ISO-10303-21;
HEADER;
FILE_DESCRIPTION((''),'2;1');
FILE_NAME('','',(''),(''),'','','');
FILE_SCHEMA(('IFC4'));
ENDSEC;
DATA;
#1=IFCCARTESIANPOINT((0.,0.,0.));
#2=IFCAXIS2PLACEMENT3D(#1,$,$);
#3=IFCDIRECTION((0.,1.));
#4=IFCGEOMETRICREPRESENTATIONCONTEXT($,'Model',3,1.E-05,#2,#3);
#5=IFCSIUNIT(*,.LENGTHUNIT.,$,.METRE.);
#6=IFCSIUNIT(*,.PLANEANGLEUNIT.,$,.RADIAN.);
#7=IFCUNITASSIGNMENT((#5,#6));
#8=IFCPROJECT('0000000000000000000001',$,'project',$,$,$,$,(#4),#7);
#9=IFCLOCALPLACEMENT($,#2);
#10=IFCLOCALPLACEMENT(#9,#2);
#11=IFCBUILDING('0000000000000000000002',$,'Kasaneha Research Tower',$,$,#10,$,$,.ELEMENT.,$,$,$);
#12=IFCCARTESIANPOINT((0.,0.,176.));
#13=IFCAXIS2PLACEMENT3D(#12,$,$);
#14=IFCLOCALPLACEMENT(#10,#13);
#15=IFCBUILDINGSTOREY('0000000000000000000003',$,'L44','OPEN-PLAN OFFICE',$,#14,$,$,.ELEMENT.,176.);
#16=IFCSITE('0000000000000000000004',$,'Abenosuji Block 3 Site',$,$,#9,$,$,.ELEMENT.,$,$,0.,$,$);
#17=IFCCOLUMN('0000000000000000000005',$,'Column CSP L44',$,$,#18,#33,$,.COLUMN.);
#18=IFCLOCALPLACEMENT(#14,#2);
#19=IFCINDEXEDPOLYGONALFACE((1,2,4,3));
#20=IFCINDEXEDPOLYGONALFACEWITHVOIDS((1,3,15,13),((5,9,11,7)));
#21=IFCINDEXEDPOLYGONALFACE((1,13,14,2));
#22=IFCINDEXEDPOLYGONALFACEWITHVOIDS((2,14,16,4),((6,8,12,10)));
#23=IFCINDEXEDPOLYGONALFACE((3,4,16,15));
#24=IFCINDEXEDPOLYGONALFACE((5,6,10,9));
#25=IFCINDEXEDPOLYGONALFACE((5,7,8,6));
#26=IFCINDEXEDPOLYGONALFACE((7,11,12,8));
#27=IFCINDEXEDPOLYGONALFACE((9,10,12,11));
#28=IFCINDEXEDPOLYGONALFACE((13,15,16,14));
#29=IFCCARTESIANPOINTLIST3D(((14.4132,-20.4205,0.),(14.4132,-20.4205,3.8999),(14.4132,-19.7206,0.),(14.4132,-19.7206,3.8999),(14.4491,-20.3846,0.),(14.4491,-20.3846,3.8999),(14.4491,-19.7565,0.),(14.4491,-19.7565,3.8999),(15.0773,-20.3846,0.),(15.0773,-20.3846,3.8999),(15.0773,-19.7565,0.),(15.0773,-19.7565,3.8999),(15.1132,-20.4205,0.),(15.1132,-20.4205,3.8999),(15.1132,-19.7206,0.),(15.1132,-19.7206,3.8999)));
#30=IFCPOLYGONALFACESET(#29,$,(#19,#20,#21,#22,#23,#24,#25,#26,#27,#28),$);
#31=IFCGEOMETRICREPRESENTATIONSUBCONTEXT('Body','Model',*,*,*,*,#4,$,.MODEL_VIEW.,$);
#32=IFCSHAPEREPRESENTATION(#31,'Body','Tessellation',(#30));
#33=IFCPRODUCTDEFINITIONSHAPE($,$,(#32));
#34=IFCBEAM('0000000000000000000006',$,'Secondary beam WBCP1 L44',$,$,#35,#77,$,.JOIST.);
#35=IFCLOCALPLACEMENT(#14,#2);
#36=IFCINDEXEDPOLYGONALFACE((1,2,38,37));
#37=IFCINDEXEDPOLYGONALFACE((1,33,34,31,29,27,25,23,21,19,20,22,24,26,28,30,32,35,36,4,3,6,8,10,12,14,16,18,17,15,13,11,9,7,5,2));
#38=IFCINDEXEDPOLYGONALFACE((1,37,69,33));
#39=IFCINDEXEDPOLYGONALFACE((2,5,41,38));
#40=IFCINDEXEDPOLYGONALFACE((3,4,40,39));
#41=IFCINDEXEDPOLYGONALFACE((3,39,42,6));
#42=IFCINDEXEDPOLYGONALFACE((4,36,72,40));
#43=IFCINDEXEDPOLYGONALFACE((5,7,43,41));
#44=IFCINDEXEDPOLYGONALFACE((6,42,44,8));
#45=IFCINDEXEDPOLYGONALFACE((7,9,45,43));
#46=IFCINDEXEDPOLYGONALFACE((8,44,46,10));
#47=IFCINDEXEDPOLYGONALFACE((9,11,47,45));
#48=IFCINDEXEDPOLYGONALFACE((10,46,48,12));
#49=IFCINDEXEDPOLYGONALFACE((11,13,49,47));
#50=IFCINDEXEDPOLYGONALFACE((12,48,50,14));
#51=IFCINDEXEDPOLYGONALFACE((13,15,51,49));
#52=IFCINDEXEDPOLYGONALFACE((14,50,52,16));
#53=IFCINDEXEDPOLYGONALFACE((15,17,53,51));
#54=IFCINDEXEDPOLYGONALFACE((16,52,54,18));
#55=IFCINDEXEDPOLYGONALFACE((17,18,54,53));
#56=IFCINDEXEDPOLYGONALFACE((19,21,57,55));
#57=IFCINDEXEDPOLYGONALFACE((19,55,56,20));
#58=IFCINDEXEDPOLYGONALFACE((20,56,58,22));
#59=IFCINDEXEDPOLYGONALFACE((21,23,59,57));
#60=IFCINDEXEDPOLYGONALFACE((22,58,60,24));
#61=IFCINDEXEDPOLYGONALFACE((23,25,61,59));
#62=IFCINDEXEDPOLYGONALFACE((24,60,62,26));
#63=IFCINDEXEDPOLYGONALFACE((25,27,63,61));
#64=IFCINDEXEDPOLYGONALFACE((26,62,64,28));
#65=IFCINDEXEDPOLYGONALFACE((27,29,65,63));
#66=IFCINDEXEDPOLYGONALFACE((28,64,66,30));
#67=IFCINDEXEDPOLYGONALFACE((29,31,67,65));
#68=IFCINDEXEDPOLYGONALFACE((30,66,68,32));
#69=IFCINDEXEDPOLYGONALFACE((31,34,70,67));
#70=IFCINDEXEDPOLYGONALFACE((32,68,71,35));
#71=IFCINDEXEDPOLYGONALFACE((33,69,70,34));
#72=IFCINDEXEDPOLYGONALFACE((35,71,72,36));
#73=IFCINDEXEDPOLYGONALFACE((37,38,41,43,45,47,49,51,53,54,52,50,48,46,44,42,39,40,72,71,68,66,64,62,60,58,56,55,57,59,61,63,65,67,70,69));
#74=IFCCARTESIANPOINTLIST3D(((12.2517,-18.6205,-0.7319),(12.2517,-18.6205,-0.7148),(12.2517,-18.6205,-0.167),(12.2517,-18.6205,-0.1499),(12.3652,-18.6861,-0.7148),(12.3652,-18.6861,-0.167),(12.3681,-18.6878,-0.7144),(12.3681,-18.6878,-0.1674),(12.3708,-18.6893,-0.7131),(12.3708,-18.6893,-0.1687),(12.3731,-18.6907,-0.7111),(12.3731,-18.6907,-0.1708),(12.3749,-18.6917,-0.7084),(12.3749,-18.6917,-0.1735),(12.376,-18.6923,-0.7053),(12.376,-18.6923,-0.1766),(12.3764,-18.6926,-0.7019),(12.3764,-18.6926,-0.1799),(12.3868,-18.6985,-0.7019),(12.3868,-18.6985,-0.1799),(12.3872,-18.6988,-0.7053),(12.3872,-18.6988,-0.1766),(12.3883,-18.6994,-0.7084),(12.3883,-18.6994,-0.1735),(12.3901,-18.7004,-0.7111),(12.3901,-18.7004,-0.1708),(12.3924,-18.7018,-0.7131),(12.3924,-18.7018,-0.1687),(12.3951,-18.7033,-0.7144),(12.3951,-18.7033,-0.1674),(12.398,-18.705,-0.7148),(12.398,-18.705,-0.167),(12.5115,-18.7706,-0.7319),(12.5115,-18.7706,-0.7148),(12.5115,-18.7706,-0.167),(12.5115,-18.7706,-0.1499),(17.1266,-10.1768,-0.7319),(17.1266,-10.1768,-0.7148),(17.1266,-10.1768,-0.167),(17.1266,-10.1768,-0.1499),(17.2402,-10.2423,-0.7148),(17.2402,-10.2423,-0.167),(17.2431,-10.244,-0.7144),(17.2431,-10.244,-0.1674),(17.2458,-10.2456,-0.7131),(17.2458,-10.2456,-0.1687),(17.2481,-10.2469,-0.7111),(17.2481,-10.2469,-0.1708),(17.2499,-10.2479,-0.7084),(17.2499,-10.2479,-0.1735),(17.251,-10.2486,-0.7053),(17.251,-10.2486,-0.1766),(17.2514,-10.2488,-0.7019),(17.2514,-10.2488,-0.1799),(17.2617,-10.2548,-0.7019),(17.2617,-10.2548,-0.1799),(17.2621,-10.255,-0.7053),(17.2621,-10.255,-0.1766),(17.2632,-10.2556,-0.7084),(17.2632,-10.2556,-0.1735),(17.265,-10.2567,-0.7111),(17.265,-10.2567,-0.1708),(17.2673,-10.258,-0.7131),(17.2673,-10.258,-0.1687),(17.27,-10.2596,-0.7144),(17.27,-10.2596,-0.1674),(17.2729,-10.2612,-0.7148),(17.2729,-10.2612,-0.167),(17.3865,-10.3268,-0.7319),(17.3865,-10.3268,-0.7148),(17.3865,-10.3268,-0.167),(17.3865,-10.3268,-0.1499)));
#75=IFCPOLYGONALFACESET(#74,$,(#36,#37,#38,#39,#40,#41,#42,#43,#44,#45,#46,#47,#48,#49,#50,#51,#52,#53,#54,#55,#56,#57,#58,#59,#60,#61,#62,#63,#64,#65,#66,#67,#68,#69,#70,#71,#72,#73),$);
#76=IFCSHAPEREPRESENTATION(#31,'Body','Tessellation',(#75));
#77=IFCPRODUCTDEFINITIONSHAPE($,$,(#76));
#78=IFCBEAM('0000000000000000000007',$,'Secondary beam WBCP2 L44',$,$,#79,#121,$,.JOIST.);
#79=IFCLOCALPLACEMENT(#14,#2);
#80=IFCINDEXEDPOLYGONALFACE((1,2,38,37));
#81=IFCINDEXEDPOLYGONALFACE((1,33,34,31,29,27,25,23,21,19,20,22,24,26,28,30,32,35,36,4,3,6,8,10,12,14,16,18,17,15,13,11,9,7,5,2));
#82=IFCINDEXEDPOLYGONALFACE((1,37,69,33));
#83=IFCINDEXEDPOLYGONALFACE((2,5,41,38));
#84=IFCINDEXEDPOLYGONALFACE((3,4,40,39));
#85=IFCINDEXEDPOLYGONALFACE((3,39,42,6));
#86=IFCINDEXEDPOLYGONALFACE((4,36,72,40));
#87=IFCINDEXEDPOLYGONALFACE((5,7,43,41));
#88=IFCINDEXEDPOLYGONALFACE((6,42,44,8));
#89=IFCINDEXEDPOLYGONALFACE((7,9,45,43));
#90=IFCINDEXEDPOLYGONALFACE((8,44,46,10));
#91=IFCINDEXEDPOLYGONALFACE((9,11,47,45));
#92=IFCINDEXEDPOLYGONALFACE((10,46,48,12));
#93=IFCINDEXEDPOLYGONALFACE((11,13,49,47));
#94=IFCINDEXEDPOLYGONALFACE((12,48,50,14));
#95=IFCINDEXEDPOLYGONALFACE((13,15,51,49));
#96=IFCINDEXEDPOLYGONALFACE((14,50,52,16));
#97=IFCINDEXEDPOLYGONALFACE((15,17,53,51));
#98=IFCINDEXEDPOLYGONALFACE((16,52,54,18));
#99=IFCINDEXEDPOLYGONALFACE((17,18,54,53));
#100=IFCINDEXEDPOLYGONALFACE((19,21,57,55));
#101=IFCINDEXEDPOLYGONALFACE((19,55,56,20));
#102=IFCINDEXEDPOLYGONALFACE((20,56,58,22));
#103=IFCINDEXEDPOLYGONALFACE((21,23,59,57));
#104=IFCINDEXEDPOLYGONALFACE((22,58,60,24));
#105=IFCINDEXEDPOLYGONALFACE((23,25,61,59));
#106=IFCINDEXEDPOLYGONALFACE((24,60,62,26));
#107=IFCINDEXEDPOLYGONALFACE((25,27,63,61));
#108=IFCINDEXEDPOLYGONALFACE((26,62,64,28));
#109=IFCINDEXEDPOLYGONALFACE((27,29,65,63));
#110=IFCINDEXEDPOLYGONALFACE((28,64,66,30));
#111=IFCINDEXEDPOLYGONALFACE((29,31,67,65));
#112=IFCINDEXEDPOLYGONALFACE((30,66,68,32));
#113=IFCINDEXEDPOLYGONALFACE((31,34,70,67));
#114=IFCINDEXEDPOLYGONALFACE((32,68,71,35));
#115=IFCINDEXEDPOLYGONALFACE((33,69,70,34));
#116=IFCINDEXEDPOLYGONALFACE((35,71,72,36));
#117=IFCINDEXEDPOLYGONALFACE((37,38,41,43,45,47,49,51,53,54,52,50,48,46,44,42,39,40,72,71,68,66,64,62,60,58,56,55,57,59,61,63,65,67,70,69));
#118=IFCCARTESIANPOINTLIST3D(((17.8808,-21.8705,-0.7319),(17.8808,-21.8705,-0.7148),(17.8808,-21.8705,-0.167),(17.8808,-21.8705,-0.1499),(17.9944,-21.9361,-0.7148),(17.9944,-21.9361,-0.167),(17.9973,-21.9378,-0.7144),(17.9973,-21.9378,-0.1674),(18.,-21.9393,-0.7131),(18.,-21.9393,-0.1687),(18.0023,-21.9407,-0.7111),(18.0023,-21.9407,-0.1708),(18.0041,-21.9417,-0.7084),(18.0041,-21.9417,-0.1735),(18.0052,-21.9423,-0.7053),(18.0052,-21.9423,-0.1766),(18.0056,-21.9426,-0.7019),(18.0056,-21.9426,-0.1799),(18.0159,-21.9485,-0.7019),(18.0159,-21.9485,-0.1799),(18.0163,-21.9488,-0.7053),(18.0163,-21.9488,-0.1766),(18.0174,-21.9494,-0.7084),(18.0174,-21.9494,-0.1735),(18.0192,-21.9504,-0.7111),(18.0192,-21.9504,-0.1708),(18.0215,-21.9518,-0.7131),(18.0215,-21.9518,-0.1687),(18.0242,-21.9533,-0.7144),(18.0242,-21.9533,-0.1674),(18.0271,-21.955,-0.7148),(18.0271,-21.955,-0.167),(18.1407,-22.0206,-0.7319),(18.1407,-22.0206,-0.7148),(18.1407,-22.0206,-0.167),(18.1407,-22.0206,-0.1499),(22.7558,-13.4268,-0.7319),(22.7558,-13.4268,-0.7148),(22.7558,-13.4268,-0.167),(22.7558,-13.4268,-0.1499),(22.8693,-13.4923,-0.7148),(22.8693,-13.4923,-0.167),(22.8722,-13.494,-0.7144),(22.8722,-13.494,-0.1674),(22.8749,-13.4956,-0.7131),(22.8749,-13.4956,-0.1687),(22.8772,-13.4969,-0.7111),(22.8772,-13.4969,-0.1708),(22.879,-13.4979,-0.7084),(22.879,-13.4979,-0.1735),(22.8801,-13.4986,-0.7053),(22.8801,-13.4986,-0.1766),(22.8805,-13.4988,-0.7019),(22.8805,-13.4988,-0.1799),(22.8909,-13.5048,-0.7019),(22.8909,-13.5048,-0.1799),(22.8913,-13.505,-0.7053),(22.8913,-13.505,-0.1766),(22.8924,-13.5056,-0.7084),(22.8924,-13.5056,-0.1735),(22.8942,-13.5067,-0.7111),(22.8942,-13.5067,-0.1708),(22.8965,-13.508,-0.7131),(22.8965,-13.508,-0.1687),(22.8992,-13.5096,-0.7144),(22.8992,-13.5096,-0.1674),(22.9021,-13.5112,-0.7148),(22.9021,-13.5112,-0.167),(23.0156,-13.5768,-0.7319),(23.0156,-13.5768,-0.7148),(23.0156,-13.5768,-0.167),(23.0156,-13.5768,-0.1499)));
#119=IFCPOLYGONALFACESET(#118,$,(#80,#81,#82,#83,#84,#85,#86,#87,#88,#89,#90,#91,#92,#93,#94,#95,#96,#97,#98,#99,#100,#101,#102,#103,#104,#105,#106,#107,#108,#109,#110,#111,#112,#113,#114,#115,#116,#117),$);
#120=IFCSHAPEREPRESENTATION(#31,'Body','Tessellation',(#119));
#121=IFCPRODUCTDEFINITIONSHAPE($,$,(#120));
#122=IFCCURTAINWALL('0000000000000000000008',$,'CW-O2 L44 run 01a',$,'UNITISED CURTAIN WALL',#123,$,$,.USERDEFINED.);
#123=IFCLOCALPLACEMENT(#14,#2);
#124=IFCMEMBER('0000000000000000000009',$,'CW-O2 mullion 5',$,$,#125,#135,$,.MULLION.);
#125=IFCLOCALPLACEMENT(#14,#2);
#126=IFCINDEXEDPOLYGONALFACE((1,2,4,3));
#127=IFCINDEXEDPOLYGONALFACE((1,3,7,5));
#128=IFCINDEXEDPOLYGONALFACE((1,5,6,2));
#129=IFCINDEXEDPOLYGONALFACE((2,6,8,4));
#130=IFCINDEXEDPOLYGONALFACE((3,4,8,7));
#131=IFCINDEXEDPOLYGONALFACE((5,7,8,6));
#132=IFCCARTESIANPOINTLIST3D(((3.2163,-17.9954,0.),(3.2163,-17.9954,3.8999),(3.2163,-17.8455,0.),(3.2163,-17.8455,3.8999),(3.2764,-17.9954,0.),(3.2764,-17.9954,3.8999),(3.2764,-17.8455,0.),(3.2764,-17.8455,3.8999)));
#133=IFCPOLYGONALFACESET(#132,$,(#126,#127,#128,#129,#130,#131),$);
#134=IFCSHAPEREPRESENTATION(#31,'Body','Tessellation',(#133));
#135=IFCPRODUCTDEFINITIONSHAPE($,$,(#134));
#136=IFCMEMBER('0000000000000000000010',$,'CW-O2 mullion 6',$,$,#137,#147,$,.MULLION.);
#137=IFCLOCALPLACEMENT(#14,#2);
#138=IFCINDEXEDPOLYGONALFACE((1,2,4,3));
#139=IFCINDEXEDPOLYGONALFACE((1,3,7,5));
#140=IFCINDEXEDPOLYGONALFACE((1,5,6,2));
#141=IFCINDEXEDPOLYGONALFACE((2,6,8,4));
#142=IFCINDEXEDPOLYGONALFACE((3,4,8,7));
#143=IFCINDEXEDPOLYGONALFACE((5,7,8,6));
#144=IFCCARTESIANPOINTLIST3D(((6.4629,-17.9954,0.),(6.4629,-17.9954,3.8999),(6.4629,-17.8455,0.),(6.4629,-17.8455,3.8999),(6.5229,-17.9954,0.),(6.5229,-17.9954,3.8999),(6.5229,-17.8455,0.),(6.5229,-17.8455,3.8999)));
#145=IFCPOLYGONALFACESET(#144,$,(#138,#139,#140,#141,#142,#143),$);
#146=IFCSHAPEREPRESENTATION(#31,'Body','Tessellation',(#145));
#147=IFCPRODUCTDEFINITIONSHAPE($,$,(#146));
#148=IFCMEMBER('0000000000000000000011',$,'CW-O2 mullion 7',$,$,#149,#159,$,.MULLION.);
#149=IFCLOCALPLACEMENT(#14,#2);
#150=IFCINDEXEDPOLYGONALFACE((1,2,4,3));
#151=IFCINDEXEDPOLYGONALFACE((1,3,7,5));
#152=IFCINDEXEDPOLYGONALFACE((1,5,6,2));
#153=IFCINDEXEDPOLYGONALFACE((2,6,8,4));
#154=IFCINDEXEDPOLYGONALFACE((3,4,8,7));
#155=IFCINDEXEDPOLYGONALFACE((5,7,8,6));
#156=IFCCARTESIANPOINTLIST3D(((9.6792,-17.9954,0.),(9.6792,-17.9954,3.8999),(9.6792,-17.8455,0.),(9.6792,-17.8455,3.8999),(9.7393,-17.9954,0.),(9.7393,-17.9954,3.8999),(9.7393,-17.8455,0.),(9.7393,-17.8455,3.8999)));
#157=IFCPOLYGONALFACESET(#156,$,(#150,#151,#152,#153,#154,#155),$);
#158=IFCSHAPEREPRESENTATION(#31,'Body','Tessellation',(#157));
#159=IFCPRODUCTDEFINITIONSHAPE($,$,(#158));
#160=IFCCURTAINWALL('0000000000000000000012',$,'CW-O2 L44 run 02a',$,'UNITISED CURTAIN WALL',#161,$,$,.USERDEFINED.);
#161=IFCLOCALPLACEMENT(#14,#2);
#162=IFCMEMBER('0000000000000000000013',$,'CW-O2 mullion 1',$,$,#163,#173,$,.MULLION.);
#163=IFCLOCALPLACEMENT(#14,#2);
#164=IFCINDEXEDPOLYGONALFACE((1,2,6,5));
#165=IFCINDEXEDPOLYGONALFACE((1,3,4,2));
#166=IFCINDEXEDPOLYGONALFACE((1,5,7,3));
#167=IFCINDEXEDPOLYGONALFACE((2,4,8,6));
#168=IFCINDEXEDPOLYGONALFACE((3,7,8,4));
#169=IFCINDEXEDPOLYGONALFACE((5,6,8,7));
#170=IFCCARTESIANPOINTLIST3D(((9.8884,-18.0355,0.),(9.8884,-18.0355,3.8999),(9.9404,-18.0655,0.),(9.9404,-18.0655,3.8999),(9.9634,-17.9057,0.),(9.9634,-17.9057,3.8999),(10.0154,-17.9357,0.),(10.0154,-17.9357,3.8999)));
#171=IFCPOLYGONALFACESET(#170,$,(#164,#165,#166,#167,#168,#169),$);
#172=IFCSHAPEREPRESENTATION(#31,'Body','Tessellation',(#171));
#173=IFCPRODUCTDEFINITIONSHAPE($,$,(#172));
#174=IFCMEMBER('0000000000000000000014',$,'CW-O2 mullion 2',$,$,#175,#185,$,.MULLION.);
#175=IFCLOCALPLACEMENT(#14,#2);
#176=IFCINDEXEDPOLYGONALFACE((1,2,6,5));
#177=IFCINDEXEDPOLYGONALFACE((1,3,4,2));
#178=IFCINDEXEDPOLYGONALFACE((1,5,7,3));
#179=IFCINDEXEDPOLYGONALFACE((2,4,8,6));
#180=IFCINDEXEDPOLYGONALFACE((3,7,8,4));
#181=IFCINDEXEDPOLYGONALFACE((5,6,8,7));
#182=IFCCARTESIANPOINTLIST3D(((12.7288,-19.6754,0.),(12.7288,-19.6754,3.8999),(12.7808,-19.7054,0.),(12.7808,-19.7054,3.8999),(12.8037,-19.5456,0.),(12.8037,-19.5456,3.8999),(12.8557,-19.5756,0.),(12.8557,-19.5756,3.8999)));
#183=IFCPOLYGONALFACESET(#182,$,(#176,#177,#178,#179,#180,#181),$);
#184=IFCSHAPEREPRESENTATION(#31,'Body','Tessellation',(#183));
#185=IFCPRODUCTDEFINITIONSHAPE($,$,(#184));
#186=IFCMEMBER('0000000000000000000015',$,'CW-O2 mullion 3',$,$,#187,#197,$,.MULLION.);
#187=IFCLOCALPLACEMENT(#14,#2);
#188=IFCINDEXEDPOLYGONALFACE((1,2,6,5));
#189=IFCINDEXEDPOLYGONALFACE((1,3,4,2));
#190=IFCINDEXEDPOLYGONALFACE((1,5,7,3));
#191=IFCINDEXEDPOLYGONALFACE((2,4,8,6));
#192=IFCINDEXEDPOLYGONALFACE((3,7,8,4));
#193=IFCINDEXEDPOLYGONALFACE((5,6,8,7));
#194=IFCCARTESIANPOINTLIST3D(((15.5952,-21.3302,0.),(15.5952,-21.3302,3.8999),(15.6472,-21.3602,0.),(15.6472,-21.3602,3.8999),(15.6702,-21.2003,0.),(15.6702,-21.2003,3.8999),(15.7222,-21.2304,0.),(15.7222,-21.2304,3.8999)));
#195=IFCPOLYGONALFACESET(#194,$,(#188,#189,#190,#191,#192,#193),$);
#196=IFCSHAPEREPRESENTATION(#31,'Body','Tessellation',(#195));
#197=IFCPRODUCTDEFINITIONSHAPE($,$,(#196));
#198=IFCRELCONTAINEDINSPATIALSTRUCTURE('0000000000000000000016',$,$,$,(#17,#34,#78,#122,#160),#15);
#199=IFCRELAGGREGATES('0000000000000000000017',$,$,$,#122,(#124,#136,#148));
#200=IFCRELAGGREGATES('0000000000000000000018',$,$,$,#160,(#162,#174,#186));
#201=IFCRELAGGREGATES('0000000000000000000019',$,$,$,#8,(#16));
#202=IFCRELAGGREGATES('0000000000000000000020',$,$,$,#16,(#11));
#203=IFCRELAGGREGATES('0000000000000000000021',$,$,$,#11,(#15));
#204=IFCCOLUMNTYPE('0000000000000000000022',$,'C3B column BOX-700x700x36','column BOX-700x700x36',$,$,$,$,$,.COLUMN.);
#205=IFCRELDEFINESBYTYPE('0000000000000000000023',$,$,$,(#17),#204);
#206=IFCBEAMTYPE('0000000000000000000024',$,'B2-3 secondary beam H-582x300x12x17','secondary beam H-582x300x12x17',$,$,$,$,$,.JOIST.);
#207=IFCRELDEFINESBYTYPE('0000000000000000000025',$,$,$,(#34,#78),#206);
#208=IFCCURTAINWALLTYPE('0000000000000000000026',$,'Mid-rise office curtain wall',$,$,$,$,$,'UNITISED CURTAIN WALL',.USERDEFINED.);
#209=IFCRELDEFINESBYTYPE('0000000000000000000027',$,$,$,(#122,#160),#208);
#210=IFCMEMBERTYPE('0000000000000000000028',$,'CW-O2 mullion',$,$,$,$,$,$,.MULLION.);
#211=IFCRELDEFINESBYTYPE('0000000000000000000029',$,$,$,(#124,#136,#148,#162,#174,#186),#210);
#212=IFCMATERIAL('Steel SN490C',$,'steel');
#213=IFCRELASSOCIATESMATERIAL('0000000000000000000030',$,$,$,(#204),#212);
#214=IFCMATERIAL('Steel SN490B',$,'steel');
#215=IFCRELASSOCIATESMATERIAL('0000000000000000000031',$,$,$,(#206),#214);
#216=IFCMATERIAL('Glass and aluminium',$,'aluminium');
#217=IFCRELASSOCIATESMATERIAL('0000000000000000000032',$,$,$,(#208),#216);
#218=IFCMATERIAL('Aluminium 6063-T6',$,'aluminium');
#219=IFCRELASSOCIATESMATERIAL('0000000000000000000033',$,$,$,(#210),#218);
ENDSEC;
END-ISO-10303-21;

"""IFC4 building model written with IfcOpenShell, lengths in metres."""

from ifc_helpers import new_model, si_unit, direction, frame, origin, origin_2d, place, context, subcontext, project, spatial, rectangle, hollow_rectangle, i_section, extrude, material, material_profile, profile_set, type_object, element, aggregate, save


model = new_model("IFC4")

# Units and contexts
model_context = context("Model", 3, precision=1e-05, world=origin(), true_north=direction((0.0, 1.0)))
body_context = subcontext(model_context, "Body", "Model", "MODEL_VIEW")
ifc_project = project(units=[si_unit("LENGTHUNIT", "METRE"), si_unit("PLANEANGLEUNIT", "RADIAN")], contexts=[model_context])

# Site, building, storey
site_placement = place(None, origin())
site = spatial("IfcSite", under=ifc_project, at=site_placement, Name="Abenosuji Block 3 Site", CompositionType="ELEMENT", RefElevation=0.0)
building_placement = place(site_placement, origin())
building = spatial("IfcBuilding", under=site, at=building_placement, Name="Kasaneha Research Tower", CompositionType="ELEMENT")
storey_placement = place(building_placement, frame((0.0, 0.0, 176.0)))
storey = spatial("IfcBuildingStorey", under=building, at=storey_placement, Name="L44", Description="OPEN-PLAN OFFICE", CompositionType="ELEMENT", Elevation=176.0)

# Column
ifc_material_1 = material(Name="Steel SN490C", Category="steel")
ifc_material_profile_1 = material_profile(ifc_material_1, hollow_rectangle(XDim=0.7, YDim=0.7, WallThickness=0.0359, at=origin_2d()), Name="BOX-700x700x36")
ifc_profile_set_1 = profile_set([ifc_material_profile_1], Name="Steel SN490C")
column_type = type_object("IfcColumnType", Name="C3B column BOX-700x700x36", Description="column BOX-700x700x36", PredefinedType="COLUMN", material=ifc_profile_set_1)
column_placement = place(storey_placement, frame((14.7632, -20.0706, 0.0), z_axis=(0.0, 0.0, 1.0), x_axis=(1.0, 0.0, 0.0)))
element("IfcColumn", 1, at=column_placement, inside=storey, type_object=column_type, Name="Column CSP L44", PredefinedType="COLUMN", context=body_context, shape_type="SweptSolid", body=[
    extrude(hollow_rectangle(XDim=0.7, YDim=0.7, WallThickness=0.0359, at=origin_2d()), origin(), (0.0, 0.0, 1.0), 3.8999),
])

# Beams
ifc_material_2 = material(Name="Steel SN490B", Category="steel")
ifc_material_profile_2 = material_profile(ifc_material_2, i_section(OverallWidth=0.3, OverallDepth=0.582, WebThickness=0.012, FlangeThickness=0.0171, FilletRadius=0.0129, at=origin_2d()), Name="H-582x300x12x17")
ifc_profile_set_2 = profile_set([ifc_material_profile_2], Name="Steel SN490B")
beam_type_1 = type_object("IfcBeamType", Name="B2-3 secondary beam H-582x300x12x17", Description="secondary beam H-582x300x12x17", PredefinedType="JOIST", material=ifc_profile_set_2)
for number, where, z_axis, x_axis, name in (
    (2, (12.3816, -18.6956, -0.4409), (0.499996, 0.866028, 0.0), (-0.866028, 0.499996, 0.0), "Secondary beam WBCP1 L44"),
    (3, (18.0107, -21.9456, -0.4409), (0.499996, 0.866028, 0.0), (-0.866028, 0.499996, 0.0), "Secondary beam WBCP2 L44"),
):
    element("IfcBeam", number, at=place(storey_placement, frame(where, z_axis=z_axis, x_axis=x_axis)), inside=storey, type_object=beam_type_1, Name=name, PredefinedType="JOIST", context=body_context, shape_type="SweptSolid", body=[
        extrude(i_section(OverallWidth=0.3, OverallDepth=0.582, WebThickness=0.012, FlangeThickness=0.0171, FilletRadius=0.0129, at=origin_2d()), origin(), (0.0, 0.0, 1.0), 9.75),
    ])

# Curtain walls, members
ifc_material_3 = material(Name="Glass and aluminium", Category="aluminium")
curtain_wall_type = type_object("IfcCurtainWallType", Name="Mid-rise office curtain wall", ElementType="UNITISED CURTAIN WALL", PredefinedType="USERDEFINED", material=ifc_material_3)
curtain_wall_1_placement = place(storey_placement, origin())
curtain_wall_1 = element("IfcCurtainWall", 4, at=curtain_wall_1_placement, inside=storey, type_object=curtain_wall_type, Name="CW-O2 L44 run 01a", ObjectType="UNITISED CURTAIN WALL", PredefinedType="USERDEFINED")
ifc_material_4 = material(Name="Aluminium 6063-T6", Category="aluminium")
ifc_material_profile_3 = material_profile(ifc_material_4, rectangle(XDim=0.0601, YDim=0.1499, at=origin_2d()), Name="CW-O2 mullion 60x150")
ifc_profile_set_3 = profile_set([ifc_material_profile_3], Name="Aluminium 6063-T6")
member_type_1 = type_object("IfcMemberType", Name="CW-O2 mullion", PredefinedType="MULLION", material=ifc_profile_set_3)
member_1_placement = place(storey_placement, frame((3.2463, -17.9204, 0.0), z_axis=(0.0, 0.0, 1.0), x_axis=(1.0, 0.0, 0.0)))
member_1 = element("IfcMember", 5, at=member_1_placement, type_object=member_type_1, Name="CW-O2 mullion 5", PredefinedType="MULLION", context=body_context, shape_type="SweptSolid", body=[
    extrude(rectangle(XDim=0.0601, YDim=0.1499, at=origin_2d()), origin(), (0.0, 0.0, 1.0), 3.8999),
])
member_2_placement = place(storey_placement, frame((6.4929, -17.9204, 0.0), z_axis=(0.0, 0.0, 1.0), x_axis=(1.0, 0.0, 0.0)))
member_2 = element("IfcMember", 6, at=member_2_placement, type_object=member_type_1, Name="CW-O2 mullion 6", PredefinedType="MULLION", context=body_context, shape_type="SweptSolid", body=[
    extrude(rectangle(XDim=0.0601, YDim=0.1499, at=origin_2d()), origin(), (0.0, 0.0, 1.0), 3.8999),
])
member_3_placement = place(storey_placement, frame((9.7092, -17.9204, 0.0), z_axis=(0.0, 0.0, 1.0), x_axis=(1.0, 0.0, 0.0)))
member_3 = element("IfcMember", 7, at=member_3_placement, type_object=member_type_1, Name="CW-O2 mullion 7", PredefinedType="MULLION", context=body_context, shape_type="SweptSolid", body=[
    extrude(rectangle(XDim=0.0601, YDim=0.1499, at=origin_2d()), origin(), (0.0, 0.0, 1.0), 3.8999),
])
curtain_wall_2_placement = place(storey_placement, origin())
curtain_wall_2 = element("IfcCurtainWall", 8, at=curtain_wall_2_placement, inside=storey, type_object=curtain_wall_type, Name="CW-O2 L44 run 02a", ObjectType="UNITISED CURTAIN WALL", PredefinedType="USERDEFINED")
member_4_placement = place(storey_placement, frame((9.9519, -17.9856, 0.0), z_axis=(0.0, 0.0, 1.0), x_axis=(0.866025, -0.5, 0.0)))
member_4 = element("IfcMember", 9, at=member_4_placement, type_object=member_type_1, Name="CW-O2 mullion 1", PredefinedType="MULLION", context=body_context, shape_type="SweptSolid", body=[
    extrude(rectangle(XDim=0.0601, YDim=0.1499, at=origin_2d()), origin(), (0.0, 0.0, 1.0), 3.8999),
])
member_5_placement = place(storey_placement, frame((12.7922, -19.6255, 0.0), z_axis=(0.0, 0.0, 1.0), x_axis=(0.866025, -0.5, 0.0)))
member_5 = element("IfcMember", 10, at=member_5_placement, type_object=member_type_1, Name="CW-O2 mullion 2", PredefinedType="MULLION", context=body_context, shape_type="SweptSolid", body=[
    extrude(rectangle(XDim=0.0601, YDim=0.1499, at=origin_2d()), origin(), (0.0, 0.0, 1.0), 3.8999),
])
member_6_placement = place(storey_placement, frame((15.6587, -21.2803, 0.0), z_axis=(0.0, 0.0, 1.0), x_axis=(0.866025, -0.5, 0.0)))
member_6 = element("IfcMember", 11, at=member_6_placement, type_object=member_type_1, Name="CW-O2 mullion 3", PredefinedType="MULLION", context=body_context, shape_type="SweptSolid", body=[
    extrude(rectangle(XDim=0.0601, YDim=0.1499, at=origin_2d()), origin(), (0.0, 0.0, 1.0), 3.8999),
])

aggregate(curtain_wall_1, [member_1, member_2, member_3])
aggregate(curtain_wall_2, [member_4, member_5, member_6])

save(model, "model.ifc")
